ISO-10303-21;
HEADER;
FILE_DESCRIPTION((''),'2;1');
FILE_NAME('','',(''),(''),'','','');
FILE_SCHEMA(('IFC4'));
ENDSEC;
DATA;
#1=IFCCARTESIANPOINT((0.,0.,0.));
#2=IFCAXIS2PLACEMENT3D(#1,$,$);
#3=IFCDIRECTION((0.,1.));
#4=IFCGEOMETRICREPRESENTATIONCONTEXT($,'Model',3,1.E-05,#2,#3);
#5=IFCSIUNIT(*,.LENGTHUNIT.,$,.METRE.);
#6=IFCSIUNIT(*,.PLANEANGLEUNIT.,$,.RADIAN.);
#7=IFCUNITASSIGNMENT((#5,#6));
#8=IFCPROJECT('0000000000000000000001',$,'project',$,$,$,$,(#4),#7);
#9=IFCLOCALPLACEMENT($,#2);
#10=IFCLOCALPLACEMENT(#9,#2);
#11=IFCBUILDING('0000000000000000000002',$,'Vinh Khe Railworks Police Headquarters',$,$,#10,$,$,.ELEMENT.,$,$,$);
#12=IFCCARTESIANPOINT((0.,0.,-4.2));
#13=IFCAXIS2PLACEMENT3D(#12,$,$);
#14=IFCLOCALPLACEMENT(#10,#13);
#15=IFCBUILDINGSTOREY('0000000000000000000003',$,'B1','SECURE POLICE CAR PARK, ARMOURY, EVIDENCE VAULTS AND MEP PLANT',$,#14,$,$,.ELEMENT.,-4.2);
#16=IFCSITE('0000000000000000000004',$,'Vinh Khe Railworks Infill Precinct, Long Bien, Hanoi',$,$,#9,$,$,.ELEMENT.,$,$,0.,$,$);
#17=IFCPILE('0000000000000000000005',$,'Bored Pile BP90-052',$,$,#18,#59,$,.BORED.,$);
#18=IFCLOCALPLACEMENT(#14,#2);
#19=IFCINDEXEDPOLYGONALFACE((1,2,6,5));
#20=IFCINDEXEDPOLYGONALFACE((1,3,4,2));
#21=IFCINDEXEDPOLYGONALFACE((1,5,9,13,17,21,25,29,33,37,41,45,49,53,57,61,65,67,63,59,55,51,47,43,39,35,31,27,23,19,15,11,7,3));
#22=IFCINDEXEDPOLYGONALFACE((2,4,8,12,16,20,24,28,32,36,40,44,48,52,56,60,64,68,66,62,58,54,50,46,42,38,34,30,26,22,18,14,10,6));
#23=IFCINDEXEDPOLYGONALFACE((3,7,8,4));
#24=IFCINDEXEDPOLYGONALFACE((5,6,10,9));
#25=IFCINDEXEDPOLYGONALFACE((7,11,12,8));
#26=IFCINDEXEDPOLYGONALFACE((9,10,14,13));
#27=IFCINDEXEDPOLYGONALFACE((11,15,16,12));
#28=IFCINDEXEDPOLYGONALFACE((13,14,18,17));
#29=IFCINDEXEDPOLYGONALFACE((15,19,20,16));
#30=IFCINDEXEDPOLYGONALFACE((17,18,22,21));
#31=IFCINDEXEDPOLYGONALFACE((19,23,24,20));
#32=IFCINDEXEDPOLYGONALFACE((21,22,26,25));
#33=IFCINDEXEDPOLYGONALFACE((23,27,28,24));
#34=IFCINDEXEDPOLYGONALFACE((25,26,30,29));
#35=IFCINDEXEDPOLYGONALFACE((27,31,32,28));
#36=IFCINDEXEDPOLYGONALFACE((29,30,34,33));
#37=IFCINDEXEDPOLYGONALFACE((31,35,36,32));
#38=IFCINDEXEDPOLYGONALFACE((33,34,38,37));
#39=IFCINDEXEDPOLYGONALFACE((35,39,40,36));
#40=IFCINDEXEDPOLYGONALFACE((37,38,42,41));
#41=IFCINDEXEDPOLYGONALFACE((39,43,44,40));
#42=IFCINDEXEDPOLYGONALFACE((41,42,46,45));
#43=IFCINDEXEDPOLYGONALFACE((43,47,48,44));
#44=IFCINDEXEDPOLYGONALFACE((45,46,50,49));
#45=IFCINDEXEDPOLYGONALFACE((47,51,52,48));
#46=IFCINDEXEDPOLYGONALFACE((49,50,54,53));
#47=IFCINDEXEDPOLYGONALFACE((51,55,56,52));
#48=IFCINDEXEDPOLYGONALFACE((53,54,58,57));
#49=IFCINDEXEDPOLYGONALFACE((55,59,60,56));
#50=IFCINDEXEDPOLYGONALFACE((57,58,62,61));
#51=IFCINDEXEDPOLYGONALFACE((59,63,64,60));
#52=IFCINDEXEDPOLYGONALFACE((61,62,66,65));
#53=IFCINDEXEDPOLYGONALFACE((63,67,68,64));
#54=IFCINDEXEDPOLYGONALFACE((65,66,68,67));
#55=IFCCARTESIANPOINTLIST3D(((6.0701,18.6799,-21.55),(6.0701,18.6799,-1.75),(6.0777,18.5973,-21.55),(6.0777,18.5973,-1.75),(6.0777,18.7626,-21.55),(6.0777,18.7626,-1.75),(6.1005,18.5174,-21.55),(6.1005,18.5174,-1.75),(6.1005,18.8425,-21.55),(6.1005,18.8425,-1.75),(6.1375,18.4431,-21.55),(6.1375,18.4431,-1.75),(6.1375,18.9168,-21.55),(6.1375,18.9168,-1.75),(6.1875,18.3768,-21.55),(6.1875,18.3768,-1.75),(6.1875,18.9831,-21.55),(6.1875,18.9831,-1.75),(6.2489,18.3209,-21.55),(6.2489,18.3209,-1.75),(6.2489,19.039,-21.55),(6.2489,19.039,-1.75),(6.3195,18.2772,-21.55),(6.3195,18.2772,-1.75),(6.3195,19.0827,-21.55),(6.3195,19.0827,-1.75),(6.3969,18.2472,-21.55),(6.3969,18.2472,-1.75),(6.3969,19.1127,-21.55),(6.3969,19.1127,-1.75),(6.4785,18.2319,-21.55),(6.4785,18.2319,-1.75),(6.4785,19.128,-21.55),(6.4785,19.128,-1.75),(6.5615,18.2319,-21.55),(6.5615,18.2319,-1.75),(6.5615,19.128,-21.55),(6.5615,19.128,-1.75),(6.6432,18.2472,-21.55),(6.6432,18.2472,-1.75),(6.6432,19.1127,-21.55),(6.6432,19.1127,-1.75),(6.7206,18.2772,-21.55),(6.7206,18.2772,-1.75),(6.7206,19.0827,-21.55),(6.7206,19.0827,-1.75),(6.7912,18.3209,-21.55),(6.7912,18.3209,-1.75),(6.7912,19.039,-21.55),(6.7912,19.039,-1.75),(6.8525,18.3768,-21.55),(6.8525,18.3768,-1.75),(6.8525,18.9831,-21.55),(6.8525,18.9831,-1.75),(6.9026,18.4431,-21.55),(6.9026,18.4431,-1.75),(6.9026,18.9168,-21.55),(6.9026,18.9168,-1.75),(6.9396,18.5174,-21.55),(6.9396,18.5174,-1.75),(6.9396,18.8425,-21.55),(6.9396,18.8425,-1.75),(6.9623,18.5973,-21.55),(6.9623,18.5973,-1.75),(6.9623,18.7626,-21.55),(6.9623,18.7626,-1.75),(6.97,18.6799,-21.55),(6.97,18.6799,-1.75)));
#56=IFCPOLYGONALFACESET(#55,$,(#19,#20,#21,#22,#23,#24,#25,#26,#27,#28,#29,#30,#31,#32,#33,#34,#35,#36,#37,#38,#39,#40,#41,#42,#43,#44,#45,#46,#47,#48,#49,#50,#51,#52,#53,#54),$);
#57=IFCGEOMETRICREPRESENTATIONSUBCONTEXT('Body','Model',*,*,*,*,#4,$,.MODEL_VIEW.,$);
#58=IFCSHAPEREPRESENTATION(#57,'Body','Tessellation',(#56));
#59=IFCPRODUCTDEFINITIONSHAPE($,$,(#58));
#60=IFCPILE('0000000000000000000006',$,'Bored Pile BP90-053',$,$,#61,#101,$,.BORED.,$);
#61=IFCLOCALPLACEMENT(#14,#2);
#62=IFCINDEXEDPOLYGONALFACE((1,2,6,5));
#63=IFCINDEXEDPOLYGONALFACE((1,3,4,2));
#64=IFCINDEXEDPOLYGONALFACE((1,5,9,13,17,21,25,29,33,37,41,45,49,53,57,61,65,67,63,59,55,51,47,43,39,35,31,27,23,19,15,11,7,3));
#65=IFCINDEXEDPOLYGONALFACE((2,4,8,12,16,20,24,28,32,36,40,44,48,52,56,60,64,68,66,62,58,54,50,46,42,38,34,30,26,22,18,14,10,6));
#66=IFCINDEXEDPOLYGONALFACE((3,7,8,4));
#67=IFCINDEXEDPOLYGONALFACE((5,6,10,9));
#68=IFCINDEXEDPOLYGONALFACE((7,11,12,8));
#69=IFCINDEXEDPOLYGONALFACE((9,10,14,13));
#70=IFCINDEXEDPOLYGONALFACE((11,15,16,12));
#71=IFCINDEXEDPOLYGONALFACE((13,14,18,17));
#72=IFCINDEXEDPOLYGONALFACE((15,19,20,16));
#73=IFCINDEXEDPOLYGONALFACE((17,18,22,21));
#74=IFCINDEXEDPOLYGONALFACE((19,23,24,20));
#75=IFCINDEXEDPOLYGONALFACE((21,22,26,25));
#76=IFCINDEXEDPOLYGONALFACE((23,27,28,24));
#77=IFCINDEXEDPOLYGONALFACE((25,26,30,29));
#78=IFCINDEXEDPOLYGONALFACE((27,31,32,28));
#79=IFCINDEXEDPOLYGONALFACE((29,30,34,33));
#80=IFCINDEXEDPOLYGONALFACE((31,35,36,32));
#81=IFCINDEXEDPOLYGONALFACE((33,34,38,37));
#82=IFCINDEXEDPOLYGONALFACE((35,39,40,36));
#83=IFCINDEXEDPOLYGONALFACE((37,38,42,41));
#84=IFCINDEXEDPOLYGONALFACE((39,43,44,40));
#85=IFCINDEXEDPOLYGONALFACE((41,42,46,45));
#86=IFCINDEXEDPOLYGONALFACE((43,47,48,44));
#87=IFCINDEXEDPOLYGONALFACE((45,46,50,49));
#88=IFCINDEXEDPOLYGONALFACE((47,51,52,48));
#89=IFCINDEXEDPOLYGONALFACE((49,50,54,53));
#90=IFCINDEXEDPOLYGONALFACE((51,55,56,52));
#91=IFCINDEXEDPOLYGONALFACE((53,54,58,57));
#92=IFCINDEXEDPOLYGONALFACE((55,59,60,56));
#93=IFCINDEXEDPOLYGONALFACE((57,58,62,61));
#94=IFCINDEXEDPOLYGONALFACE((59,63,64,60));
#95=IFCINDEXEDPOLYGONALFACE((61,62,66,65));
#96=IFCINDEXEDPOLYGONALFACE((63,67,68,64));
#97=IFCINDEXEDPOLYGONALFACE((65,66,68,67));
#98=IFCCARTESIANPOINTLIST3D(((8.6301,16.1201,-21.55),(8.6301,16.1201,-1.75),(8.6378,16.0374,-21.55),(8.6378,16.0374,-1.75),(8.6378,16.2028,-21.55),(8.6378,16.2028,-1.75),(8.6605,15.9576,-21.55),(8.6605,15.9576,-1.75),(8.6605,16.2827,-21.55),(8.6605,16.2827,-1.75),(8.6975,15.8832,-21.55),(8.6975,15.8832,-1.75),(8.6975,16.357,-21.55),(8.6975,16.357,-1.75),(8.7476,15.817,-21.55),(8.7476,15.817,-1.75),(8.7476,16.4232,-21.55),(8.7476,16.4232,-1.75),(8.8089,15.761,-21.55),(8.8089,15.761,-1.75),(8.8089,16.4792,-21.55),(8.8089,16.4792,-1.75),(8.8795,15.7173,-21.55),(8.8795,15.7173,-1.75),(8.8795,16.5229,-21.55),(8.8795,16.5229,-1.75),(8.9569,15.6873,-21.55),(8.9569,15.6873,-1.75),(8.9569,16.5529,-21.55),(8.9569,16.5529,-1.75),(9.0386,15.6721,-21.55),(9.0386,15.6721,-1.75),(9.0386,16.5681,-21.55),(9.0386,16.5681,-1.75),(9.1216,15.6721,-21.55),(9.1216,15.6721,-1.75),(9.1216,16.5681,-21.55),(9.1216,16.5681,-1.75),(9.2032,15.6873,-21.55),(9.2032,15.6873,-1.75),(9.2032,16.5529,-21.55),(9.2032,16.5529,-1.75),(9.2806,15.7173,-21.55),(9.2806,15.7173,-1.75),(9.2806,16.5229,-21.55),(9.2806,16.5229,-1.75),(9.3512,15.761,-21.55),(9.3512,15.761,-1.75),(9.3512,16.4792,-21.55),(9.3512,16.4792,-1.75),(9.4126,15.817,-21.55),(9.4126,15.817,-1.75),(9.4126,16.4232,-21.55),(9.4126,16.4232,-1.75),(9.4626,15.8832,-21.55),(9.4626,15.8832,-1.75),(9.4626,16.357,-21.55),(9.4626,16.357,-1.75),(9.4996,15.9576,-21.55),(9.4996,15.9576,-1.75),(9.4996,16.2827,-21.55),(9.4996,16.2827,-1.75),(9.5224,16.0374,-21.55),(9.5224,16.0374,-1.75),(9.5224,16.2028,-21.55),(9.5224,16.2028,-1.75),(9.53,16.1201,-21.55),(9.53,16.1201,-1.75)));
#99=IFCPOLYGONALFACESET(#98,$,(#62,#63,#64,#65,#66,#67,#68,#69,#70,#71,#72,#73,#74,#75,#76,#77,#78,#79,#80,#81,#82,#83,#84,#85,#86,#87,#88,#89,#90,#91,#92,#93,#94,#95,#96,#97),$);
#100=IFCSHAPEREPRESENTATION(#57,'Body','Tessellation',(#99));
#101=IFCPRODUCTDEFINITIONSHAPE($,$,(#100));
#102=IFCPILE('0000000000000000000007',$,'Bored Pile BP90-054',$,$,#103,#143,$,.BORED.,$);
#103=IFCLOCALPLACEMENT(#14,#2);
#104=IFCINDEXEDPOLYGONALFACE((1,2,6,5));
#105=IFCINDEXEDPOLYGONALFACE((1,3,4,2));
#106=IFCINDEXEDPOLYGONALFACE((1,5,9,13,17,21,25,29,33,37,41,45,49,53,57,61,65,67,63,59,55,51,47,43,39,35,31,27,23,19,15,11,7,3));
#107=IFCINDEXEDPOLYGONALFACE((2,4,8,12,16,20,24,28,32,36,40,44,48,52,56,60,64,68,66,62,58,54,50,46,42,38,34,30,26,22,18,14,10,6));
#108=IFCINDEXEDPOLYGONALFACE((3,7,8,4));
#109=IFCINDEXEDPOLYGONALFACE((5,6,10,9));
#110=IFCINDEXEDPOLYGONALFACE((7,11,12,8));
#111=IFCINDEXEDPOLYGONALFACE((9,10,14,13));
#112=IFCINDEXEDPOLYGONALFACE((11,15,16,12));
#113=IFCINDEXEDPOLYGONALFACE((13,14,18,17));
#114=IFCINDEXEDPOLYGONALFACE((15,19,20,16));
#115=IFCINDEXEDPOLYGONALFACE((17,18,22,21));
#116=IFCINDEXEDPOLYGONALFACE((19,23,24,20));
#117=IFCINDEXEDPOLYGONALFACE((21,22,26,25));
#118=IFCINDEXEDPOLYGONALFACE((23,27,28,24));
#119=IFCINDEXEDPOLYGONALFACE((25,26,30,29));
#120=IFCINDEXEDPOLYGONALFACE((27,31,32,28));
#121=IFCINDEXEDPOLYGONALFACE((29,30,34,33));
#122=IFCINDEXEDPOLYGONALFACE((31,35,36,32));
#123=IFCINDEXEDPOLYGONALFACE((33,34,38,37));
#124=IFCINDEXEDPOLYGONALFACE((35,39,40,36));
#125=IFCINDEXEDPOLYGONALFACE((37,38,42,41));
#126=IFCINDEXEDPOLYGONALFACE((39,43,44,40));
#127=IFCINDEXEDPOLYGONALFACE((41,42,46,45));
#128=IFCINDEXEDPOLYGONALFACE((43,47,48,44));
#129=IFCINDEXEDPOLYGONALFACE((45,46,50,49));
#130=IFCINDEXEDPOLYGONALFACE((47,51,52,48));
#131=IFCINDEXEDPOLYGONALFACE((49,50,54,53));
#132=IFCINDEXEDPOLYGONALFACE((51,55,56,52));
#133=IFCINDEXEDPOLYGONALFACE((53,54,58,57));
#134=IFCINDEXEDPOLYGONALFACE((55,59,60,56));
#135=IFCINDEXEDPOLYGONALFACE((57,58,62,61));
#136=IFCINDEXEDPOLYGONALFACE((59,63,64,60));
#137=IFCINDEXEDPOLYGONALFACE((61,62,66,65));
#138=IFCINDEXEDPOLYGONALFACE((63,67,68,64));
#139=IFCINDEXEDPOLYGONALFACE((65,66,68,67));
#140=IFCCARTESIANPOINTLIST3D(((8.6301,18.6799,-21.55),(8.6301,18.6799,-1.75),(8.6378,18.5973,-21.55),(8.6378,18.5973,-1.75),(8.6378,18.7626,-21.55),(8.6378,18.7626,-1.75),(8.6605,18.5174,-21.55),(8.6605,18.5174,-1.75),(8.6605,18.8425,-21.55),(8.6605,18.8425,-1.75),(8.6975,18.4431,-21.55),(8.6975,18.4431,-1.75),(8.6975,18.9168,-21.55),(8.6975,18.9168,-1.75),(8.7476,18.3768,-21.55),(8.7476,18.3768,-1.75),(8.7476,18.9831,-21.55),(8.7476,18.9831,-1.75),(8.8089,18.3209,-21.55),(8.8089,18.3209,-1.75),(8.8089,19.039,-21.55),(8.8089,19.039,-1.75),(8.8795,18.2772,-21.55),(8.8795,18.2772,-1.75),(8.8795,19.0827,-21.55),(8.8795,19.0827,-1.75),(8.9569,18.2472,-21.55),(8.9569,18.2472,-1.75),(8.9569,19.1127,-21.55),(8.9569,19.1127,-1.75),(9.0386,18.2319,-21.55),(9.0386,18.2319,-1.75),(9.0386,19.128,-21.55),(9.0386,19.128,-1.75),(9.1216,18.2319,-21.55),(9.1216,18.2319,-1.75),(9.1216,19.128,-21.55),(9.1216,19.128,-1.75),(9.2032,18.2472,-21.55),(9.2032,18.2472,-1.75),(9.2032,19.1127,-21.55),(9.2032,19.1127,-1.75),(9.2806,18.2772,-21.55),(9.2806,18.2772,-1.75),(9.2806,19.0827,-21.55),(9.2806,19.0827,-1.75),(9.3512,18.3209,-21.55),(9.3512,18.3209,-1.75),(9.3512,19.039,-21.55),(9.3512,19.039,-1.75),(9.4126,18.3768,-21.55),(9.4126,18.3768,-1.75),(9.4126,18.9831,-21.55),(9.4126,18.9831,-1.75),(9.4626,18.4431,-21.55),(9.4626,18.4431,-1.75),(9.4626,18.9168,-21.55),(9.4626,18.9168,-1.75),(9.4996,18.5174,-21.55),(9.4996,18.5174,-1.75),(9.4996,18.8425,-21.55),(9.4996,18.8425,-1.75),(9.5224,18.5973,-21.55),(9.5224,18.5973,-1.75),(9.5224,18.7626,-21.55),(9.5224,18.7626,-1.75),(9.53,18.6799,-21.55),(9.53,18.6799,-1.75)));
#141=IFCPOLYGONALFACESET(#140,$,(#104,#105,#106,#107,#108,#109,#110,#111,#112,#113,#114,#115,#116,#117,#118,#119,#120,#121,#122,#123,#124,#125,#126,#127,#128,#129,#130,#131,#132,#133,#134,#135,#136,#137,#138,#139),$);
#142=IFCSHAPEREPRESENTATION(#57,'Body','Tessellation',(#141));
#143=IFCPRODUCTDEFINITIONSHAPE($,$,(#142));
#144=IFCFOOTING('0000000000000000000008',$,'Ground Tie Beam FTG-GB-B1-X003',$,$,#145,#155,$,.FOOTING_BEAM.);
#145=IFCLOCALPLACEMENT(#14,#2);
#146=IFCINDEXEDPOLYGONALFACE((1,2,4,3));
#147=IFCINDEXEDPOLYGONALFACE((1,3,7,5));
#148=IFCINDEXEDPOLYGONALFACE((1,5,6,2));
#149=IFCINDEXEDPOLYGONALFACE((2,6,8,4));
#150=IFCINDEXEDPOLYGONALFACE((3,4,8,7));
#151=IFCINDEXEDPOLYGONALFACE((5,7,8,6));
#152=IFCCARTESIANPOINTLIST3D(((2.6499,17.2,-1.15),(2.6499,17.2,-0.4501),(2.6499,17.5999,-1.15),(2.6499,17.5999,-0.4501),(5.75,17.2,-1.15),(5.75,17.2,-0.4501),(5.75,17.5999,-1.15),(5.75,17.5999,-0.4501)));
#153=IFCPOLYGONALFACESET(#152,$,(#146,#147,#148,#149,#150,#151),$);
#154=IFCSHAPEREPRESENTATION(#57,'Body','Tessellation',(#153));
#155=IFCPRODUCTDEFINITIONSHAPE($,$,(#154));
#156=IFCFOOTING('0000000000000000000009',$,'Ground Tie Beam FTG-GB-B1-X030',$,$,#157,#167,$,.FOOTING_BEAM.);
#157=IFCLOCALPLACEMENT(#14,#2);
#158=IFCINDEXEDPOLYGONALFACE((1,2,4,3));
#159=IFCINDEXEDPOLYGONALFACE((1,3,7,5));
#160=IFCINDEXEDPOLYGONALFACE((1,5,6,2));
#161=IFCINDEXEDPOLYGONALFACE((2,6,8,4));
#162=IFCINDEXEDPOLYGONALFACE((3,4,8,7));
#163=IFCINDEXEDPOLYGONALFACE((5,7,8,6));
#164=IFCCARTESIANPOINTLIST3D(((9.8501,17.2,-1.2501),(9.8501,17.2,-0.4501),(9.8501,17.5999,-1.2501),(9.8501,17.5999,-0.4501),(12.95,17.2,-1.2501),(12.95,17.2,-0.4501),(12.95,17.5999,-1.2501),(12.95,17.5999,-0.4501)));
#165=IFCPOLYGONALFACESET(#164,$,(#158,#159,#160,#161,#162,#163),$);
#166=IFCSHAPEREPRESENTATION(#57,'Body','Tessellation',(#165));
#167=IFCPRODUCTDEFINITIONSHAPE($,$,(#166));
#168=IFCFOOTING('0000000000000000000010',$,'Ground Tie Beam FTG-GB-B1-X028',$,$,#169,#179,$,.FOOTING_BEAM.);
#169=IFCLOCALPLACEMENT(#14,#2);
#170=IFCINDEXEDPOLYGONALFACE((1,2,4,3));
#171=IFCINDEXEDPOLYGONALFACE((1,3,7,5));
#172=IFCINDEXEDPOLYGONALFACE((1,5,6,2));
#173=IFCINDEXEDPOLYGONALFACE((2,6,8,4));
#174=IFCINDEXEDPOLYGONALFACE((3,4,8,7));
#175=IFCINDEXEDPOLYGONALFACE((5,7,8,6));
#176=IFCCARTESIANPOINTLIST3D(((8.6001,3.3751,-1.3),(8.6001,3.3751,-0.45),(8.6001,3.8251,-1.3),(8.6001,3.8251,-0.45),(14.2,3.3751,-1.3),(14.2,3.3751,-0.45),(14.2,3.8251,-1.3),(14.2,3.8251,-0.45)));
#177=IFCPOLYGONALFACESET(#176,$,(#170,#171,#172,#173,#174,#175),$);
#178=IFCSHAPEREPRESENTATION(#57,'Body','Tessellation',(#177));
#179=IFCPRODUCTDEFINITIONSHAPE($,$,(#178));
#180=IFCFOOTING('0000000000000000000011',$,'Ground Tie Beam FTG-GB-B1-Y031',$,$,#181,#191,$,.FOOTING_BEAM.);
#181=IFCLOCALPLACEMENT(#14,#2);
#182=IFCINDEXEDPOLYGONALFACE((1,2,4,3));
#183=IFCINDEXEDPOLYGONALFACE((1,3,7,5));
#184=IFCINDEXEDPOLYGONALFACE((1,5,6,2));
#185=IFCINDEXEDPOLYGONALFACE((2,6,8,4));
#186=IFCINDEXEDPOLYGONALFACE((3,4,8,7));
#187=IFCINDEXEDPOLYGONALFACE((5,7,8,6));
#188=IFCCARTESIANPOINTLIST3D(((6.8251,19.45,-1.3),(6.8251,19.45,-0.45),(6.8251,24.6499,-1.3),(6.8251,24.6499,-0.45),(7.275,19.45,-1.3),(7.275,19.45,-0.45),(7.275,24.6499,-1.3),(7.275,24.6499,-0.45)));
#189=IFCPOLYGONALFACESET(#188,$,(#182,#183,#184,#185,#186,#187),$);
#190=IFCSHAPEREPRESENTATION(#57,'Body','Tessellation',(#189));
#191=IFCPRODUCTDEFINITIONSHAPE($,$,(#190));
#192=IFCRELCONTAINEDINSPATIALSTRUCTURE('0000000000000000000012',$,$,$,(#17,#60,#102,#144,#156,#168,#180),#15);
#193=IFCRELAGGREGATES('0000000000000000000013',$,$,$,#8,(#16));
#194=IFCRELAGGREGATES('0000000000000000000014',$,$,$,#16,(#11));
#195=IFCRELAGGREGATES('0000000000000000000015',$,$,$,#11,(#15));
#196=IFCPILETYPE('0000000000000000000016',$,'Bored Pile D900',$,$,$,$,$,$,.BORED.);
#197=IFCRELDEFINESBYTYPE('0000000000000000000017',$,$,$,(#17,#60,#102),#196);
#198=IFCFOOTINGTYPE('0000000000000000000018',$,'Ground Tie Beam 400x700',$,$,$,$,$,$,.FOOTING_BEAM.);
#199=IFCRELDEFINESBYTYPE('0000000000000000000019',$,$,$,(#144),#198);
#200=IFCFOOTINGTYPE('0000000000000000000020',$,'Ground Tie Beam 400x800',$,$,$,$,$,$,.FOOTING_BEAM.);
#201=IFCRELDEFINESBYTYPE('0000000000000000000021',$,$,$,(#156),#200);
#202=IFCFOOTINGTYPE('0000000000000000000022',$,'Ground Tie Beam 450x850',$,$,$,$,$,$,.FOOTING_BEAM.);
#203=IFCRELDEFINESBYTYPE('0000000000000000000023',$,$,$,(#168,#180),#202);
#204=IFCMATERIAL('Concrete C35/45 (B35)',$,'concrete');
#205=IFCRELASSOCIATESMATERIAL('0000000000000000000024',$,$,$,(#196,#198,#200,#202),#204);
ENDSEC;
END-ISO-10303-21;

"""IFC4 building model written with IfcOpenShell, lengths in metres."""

from ifc_helpers import new_model, si_unit, direction, frame, origin, origin_2d, place, context, subcontext, project, spatial, rectangle, circle, extrude, material, material_profile, profile_set, type_object, element, save


model = new_model("IFC4")

# Units and contexts
model_context = context("Model", 3, precision=1e-05, world=origin(), true_north=direction((0.0, 1.0)))
body_context = subcontext(model_context, "Body", "Model", "MODEL_VIEW")
ifc_project = project(units=[si_unit("LENGTHUNIT", "METRE"), si_unit("PLANEANGLEUNIT", "RADIAN")], contexts=[model_context])

# Site, building, storey
site_placement = place(None, origin())
site = spatial("IfcSite", under=ifc_project, at=site_placement, Name="Vinh Khe Railworks Infill Precinct, Long Bien, Hanoi", CompositionType="ELEMENT", RefElevation=0.0)
building_placement = place(site_placement, origin())
building = spatial("IfcBuilding", under=site, at=building_placement, Name="Vinh Khe Railworks Police Headquarters", CompositionType="ELEMENT")
storey_placement = place(building_placement, frame((0.0, 0.0, -4.2)))
storey = spatial("IfcBuildingStorey", under=building, at=storey_placement, Name="B1", Description="SECURE POLICE CAR PARK, ARMOURY, EVIDENCE VAULTS AND MEP PLANT", CompositionType="ELEMENT", Elevation=-4.2)

# Piles
ifc_material_1 = material(Name="Concrete C35/45 (B35)", Category="concrete")
ifc_material_profile_1 = material_profile(ifc_material_1, circle(Radius=0.45, at=origin_2d()), Name="BORED PILE D900")
ifc_profile_set_1 = profile_set([ifc_material_profile_1], Name="Concrete C35/45 (B35)")
pile_type = type_object("IfcPileType", Name="Bored Pile D900", PredefinedType="BORED", material=ifc_profile_set_1)
for number, where, z_axis, x_axis, name in (
    (1, (6.52, 18.6799, -1.75), (0.0, 0.0, -1.0), (1.0, 0.0, 0.0), "Bored Pile BP90-052"),
    (2, (9.0801, 16.1201, -1.75), (0.0, 0.0, -1.0), (1.0, 0.0, 0.0), "Bored Pile BP90-053"),
    (3, (9.0801, 18.6799, -1.75), (0.0, 0.0, -1.0), (1.0, 0.0, 0.0), "Bored Pile BP90-054"),
):
    element("IfcPile", number, at=place(storey_placement, frame(where, z_axis=z_axis, x_axis=x_axis)), inside=storey, type_object=pile_type, Name=name, PredefinedType="BORED", context=body_context, shape_type="SweptSolid", body=[
        extrude(circle(Radius=0.45, at=origin_2d()), origin(), (0.0, 0.0, 1.0), 19.8),
    ])

# Footings
ifc_material_profile_2 = material_profile(ifc_material_1, rectangle(XDim=0.3999, YDim=0.7, at=origin_2d()), Name="RC 400x700")
ifc_profile_set_2 = profile_set([ifc_material_profile_2], Name="Concrete C35/45 (B35)")
footing_type_1 = type_object("IfcFootingType", Name="Ground Tie Beam 400x700", PredefinedType="FOOTING_BEAM", material=ifc_profile_set_2)
footing_1_placement = place(storey_placement, frame((2.6499, 17.3999, -0.8), z_axis=(1.0, 0.0, 0.0), x_axis=(0.0, 1.0, 0.0)))
element("IfcFooting", 4, at=footing_1_placement, inside=storey, type_object=footing_type_1, Name="Ground Tie Beam FTG-GB-B1-X003", PredefinedType="FOOTING_BEAM", context=body_context, shape_type="SweptSolid", body=[
    extrude(rectangle(XDim=0.3999, YDim=0.7, at=origin_2d()), origin(), (0.0, 0.0, 1.0), 3.1001),
])
ifc_material_profile_3 = material_profile(ifc_material_1, rectangle(XDim=0.3999, YDim=0.8, at=origin_2d()), Name="RC 400x800")
ifc_profile_set_3 = profile_set([ifc_material_profile_3], Name="Concrete C35/45 (B35)")
footing_type_2 = type_object("IfcFootingType", Name="Ground Tie Beam 400x800", PredefinedType="FOOTING_BEAM", material=ifc_profile_set_3)
footing_2_placement = place(storey_placement, frame((9.8501, 17.3999, -0.8501), z_axis=(1.0, 0.0, 0.0), x_axis=(0.0, 1.0, 0.0)))
element("IfcFooting", 5, at=footing_2_placement, inside=storey, type_object=footing_type_2, Name="Ground Tie Beam FTG-GB-B1-X030", PredefinedType="FOOTING_BEAM", context=body_context, shape_type="SweptSolid", body=[
    extrude(rectangle(XDim=0.3999, YDim=0.8, at=origin_2d()), origin(), (0.0, 0.0, 1.0), 3.0999),
])
ifc_material_profile_4 = material_profile(ifc_material_1, rectangle(XDim=0.45, YDim=0.8501, at=origin_2d()), Name="RC 450x850")
ifc_profile_set_4 = profile_set([ifc_material_profile_4], Name="Concrete C35/45 (B35)")
footing_type_3 = type_object("IfcFootingType", Name="Ground Tie Beam 450x850", PredefinedType="FOOTING_BEAM", material=ifc_profile_set_4)
footing_3_placement = place(storey_placement, frame((8.6001, 3.6001, -0.875), z_axis=(1.0, 0.0, 0.0), x_axis=(0.0, 1.0, 0.0)))
element("IfcFooting", 6, at=footing_3_placement, inside=storey, type_object=footing_type_3, Name="Ground Tie Beam FTG-GB-B1-X028", PredefinedType="FOOTING_BEAM", context=body_context, shape_type="SweptSolid", body=[
    extrude(rectangle(XDim=0.45, YDim=0.8501, at=origin_2d()), origin(), (0.0, 0.0, 1.0), 5.5999),
])
footing_4_placement = place(storey_placement, frame((7.05, 19.45, -0.875), z_axis=(0.0, 1.0, 0.0), x_axis=(-1.0, 0.0, 0.0)))
element("IfcFooting", 7, at=footing_4_placement, inside=storey, type_object=footing_type_3, Name="Ground Tie Beam FTG-GB-B1-Y031", PredefinedType="FOOTING_BEAM", context=body_context, shape_type="SweptSolid", body=[
    extrude(rectangle(XDim=0.45, YDim=0.8501, at=origin_2d()), origin(), (0.0, 0.0, 1.0), 5.2),
])

save(model, "model.ifc")
